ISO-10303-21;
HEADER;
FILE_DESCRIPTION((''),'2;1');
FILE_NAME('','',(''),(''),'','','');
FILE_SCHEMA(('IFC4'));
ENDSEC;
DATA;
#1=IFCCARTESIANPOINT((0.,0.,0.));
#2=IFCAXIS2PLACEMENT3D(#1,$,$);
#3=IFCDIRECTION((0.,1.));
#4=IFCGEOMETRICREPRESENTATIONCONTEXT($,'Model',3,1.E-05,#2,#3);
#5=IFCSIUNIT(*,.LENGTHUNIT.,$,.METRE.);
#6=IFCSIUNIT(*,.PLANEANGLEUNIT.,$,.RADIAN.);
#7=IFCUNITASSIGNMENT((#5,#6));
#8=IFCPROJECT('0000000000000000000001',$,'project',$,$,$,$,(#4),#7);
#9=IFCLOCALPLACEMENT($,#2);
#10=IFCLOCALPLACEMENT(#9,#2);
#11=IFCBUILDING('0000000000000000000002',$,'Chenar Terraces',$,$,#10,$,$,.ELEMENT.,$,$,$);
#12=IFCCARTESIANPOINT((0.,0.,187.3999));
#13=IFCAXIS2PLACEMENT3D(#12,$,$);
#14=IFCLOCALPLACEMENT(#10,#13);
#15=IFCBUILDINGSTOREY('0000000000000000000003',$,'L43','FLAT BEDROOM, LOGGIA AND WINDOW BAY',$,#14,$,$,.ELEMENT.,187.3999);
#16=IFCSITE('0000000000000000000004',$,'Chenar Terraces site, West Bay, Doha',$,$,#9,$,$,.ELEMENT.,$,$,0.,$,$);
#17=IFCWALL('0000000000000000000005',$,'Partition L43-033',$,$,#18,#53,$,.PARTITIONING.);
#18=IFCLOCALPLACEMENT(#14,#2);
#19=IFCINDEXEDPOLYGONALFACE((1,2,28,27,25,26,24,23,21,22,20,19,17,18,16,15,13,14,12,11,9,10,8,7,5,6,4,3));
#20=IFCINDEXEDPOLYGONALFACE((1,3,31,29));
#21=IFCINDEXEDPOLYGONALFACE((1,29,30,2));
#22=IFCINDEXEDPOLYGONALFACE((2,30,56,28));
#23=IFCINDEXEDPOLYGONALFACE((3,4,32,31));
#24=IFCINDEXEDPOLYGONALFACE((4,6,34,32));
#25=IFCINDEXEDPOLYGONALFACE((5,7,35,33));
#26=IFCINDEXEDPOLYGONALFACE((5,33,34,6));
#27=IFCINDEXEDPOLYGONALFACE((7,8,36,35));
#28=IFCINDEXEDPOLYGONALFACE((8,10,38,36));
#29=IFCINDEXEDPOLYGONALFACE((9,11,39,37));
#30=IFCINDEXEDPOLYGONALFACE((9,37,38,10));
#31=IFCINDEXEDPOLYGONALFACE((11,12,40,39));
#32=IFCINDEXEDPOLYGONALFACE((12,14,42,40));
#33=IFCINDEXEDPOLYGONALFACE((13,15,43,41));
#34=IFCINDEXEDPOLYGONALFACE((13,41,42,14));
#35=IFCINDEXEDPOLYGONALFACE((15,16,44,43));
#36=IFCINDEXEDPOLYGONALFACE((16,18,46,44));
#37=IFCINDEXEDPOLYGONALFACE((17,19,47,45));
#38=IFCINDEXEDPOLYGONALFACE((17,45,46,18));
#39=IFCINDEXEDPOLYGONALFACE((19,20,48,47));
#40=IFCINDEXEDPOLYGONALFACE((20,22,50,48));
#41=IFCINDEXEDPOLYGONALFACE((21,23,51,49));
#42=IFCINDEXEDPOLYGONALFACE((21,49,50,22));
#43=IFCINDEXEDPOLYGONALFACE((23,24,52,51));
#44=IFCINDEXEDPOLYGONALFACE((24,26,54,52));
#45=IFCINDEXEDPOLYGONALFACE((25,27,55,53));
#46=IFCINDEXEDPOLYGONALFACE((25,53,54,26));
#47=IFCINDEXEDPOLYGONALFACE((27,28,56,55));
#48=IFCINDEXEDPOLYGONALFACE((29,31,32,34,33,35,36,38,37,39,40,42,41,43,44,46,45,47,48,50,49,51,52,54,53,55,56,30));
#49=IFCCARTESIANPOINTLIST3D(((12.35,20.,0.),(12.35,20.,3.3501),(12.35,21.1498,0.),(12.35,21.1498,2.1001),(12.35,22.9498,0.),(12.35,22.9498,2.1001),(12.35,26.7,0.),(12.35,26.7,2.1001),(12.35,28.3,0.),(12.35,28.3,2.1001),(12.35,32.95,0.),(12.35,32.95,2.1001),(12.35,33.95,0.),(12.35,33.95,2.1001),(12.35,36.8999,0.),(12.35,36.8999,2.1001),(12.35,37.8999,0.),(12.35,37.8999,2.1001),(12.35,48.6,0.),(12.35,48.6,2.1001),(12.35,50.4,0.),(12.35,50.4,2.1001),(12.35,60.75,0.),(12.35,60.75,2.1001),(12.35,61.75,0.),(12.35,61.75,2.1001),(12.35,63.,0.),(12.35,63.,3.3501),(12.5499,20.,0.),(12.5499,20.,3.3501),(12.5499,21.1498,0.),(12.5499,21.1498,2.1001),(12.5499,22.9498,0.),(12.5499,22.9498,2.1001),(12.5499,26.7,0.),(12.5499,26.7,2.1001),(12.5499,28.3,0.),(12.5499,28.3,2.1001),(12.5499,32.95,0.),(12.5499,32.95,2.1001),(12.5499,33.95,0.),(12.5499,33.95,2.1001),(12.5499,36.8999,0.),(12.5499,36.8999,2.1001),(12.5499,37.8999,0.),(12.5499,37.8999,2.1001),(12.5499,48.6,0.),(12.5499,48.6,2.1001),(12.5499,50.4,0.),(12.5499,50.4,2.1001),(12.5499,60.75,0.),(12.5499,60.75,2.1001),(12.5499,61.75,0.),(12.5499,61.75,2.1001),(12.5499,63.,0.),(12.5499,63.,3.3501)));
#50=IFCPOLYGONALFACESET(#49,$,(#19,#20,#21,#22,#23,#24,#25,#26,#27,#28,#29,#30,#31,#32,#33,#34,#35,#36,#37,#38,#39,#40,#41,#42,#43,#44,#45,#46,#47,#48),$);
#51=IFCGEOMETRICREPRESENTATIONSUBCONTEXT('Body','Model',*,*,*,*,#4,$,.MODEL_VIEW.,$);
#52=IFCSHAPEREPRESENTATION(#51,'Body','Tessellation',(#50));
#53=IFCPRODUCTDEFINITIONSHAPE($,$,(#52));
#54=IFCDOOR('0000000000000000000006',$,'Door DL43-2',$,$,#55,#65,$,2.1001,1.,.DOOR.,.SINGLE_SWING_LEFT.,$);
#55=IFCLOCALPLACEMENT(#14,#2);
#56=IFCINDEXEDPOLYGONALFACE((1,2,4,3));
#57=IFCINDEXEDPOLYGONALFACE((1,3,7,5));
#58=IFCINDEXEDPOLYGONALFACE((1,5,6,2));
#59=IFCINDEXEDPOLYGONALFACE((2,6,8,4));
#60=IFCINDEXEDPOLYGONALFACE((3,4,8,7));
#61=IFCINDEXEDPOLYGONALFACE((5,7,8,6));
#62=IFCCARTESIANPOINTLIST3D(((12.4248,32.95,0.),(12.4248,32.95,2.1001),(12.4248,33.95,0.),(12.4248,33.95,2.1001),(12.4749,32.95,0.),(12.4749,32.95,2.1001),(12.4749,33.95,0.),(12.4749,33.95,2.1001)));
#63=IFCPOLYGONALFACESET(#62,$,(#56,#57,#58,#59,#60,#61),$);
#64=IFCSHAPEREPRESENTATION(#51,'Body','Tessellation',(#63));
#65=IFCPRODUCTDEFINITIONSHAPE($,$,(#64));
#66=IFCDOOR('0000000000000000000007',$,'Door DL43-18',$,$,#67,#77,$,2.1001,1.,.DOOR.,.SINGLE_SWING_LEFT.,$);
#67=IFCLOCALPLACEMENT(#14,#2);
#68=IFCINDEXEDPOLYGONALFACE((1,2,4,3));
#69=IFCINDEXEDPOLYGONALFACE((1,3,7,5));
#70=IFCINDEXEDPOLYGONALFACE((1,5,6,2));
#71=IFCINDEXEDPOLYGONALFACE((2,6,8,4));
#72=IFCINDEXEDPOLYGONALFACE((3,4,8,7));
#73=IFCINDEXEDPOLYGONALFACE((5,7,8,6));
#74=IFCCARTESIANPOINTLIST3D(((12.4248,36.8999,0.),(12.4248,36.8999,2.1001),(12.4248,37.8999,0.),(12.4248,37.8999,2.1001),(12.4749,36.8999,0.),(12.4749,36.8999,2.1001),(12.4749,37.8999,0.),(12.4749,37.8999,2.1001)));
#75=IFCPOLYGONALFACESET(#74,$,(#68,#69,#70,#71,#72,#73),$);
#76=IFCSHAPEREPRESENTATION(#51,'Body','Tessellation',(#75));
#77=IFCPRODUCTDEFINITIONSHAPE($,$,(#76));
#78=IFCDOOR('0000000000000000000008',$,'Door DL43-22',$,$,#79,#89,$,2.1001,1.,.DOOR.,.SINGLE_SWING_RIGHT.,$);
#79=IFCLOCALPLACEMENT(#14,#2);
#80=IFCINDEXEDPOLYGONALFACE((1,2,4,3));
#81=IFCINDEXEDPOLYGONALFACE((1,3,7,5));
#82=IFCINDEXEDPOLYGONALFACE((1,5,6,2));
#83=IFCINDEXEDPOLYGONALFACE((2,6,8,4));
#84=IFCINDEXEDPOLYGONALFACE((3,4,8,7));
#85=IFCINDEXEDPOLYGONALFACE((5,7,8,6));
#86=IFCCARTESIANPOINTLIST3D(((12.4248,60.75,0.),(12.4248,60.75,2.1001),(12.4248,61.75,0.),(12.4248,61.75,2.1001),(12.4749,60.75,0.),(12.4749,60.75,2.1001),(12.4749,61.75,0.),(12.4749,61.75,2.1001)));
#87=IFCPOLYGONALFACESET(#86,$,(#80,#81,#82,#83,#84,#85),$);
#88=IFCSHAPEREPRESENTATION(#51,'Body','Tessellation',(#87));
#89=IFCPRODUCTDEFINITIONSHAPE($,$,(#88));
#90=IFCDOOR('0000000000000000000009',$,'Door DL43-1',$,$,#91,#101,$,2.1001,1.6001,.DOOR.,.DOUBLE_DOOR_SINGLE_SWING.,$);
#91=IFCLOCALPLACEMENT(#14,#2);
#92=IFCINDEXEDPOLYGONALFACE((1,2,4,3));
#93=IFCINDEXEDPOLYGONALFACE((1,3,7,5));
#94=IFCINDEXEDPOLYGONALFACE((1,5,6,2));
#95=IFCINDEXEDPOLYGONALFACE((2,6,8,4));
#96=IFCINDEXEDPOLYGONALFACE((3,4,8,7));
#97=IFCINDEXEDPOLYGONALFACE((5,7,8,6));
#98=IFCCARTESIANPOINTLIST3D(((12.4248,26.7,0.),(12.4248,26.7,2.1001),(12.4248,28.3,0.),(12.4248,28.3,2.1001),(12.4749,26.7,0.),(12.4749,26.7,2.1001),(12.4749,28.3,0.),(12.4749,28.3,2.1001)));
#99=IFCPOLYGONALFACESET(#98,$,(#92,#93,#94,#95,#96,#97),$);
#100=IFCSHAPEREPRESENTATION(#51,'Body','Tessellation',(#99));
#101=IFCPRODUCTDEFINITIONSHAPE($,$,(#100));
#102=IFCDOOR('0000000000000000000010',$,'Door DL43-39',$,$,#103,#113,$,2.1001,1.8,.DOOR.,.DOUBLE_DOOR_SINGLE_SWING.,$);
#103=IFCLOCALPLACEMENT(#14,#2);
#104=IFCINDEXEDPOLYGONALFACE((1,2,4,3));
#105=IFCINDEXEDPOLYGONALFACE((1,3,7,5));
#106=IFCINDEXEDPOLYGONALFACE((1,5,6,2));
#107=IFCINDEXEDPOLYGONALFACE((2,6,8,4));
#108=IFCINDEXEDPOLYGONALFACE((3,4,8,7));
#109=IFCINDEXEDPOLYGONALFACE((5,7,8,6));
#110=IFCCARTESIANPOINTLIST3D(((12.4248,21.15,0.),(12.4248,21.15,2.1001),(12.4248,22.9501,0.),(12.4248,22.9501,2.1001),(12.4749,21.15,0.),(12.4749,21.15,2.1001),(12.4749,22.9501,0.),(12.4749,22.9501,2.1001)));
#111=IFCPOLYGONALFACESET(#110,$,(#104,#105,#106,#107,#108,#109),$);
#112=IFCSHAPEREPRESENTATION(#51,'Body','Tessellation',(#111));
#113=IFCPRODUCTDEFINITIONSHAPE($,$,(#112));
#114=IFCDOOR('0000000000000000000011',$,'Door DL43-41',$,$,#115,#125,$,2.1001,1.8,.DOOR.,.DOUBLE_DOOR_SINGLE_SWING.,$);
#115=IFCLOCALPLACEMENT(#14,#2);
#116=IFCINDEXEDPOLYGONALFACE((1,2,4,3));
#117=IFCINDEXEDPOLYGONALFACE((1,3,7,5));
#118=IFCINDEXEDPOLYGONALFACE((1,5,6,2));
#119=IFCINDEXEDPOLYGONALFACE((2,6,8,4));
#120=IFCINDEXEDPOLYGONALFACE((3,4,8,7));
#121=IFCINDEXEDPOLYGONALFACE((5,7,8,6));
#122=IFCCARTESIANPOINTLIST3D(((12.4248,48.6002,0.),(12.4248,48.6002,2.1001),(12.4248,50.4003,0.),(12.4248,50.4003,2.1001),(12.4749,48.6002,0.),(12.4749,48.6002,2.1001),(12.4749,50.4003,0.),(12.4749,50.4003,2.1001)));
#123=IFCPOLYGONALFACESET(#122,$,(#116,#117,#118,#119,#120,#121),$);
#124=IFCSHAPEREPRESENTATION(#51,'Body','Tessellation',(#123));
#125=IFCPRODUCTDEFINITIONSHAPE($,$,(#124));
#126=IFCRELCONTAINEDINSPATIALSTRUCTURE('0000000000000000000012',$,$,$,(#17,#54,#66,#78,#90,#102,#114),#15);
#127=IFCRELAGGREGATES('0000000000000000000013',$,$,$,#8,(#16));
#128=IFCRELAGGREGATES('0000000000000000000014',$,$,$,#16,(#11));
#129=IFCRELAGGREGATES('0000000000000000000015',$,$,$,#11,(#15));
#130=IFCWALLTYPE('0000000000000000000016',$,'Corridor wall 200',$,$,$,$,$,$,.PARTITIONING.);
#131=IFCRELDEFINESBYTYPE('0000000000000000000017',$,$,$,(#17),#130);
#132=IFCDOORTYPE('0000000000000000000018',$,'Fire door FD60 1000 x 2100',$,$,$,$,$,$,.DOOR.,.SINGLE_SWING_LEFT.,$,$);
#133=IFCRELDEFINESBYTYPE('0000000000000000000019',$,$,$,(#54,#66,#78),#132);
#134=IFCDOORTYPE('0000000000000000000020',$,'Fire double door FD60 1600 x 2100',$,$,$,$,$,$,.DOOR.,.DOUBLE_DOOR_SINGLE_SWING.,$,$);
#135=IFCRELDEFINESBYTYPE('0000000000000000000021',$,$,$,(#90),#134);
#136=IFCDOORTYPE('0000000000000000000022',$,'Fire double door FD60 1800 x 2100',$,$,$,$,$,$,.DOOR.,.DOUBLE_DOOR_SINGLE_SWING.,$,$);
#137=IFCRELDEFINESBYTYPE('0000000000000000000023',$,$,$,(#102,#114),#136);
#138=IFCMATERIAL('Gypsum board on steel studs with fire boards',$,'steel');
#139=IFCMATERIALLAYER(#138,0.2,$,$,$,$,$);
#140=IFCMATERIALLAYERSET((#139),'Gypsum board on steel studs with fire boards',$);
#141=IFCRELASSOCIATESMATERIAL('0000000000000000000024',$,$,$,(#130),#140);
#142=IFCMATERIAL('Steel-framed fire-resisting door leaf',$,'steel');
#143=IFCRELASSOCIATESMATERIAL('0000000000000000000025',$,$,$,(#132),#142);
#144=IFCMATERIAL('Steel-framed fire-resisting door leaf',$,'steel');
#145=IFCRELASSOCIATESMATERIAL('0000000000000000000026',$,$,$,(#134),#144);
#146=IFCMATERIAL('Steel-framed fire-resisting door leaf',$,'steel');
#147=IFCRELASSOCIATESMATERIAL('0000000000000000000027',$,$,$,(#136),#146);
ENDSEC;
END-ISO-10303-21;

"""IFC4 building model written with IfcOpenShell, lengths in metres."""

from ifc_helpers import new_model, si_unit, direction, frame, frame_2d, origin, place, context, subcontext, project, spatial, rectangle, extrude, material, layer, layer_set, type_object, element, fill, save


model = new_model("IFC4")

# Units and contexts
model_context = context("Model", 3, precision=1e-05, world=origin(), true_north=direction((0.0, 1.0)))
body_context = subcontext(model_context, "Body", "Model", "MODEL_VIEW")
ifc_project = project(units=[si_unit("LENGTHUNIT", "METRE"), si_unit("PLANEANGLEUNIT", "RADIAN")], contexts=[model_context])

# Site, building, storey
site_placement = place(None, origin())
site = spatial("IfcSite", under=ifc_project, at=site_placement, Name="Chenar Terraces site, West Bay, Doha", CompositionType="ELEMENT", RefElevation=0.0)
building_placement = place(site_placement, origin())
building = spatial("IfcBuilding", under=site, at=building_placement, Name="Chenar Terraces", CompositionType="ELEMENT")
storey_placement = place(building_placement, frame((0.0, 0.0, 187.3999)))
storey = spatial("IfcBuildingStorey", under=building, at=storey_placement, Name="L43", Description="FLAT BEDROOM, LOGGIA AND WINDOW BAY", CompositionType="ELEMENT", Elevation=187.3999)

# Wall, openings, doors
ifc_material_1 = material(Name="Gypsum board on steel studs with fire boards", Category="steel")
ifc_layer_1 = layer(ifc_material_1, 0.2)
ifc_layer_set_1 = layer_set([ifc_layer_1], Name="Gypsum board on steel studs with fire boards")
wall_type_1 = type_object("IfcWallType", Name="Corridor wall 200", PredefinedType="PARTITIONING", material=ifc_layer_set_1)
wall_1_placement = place(storey_placement, frame((12.45, 20.0, 0.0), z_axis=(0.0, 0.0, 1.0), x_axis=(0.0, 1.0, 0.0)))
wall_1 = element("IfcWall", 1, at=wall_1_placement, inside=storey, type_object=wall_type_1, Name="Partition L43-033", PredefinedType="PARTITIONING", context=body_context, shape_type="SweptSolid", body=[
    extrude(rectangle(XDim=43.0, YDim=0.2, at=frame_2d((21.5, 0.0))), origin(), (0.0, 0.0, 1.0), 3.3501),
])
opening_1_placement = place(wall_1_placement, frame((6.7, 0.0, 0.0)))
opening_1 = element("IfcOpeningElement", 2, at=opening_1_placement, cuts=wall_1, PredefinedType="OPENING", context=body_context, shape_type="SweptSolid", body=[
    extrude(rectangle(XDim=1.6001, YDim=2.1001, at=frame_2d((0.8, 1.05))), frame((0.0, 0.1099, 0.0), z_axis=(0.0, -1.0, 0.0), x_axis=(1.0, 0.0, 0.0)), (0.0, 0.0, 1.0), 0.22),
])
opening_2_placement = place(wall_1_placement, frame((12.95, 0.0, 0.0)))
opening_2 = element("IfcOpeningElement", 3, at=opening_2_placement, cuts=wall_1, PredefinedType="OPENING", context=body_context, shape_type="SweptSolid", body=[
    extrude(rectangle(XDim=1.0, YDim=2.1001, at=frame_2d((0.5, 1.05))), frame((0.0, 0.1099, 0.0), z_axis=(0.0, -1.0, 0.0), x_axis=(1.0, 0.0, 0.0)), (0.0, 0.0, 1.0), 0.22),
])
opening_3_placement = place(wall_1_placement, frame((16.8999, 0.0, 0.0)))
opening_3 = element("IfcOpeningElement", 4, at=opening_3_placement, cuts=wall_1, PredefinedType="OPENING", context=body_context, shape_type="SweptSolid", body=[
    extrude(rectangle(XDim=1.0, YDim=2.1001, at=frame_2d((0.5, 1.05))), frame((0.0, 0.1099, 0.0), z_axis=(0.0, -1.0, 0.0), x_axis=(1.0, 0.0, 0.0)), (0.0, 0.0, 1.0), 0.22),
])
opening_4_placement = place(wall_1_placement, frame((40.75, 0.0, 0.0)))
opening_4 = element("IfcOpeningElement", 5, at=opening_4_placement, cuts=wall_1, PredefinedType="OPENING", context=body_context, shape_type="SweptSolid", body=[
    extrude(rectangle(XDim=1.0, YDim=2.1001, at=frame_2d((0.5, 1.05))), frame((0.0, 0.1099, 0.0), z_axis=(0.0, -1.0, 0.0), x_axis=(1.0, 0.0, 0.0)), (0.0, 0.0, 1.0), 0.22),
])
opening_5_placement = place(wall_1_placement, frame((1.1499, 0.0, 0.0)))
opening_5 = element("IfcOpeningElement", 6, at=opening_5_placement, cuts=wall_1, PredefinedType="OPENING", context=body_context, shape_type="SweptSolid", body=[
    extrude(rectangle(XDim=1.8, YDim=2.1001, at=frame_2d((0.8999, 1.05))), frame((0.0, 0.1099, 0.0), z_axis=(0.0, -1.0, 0.0), x_axis=(1.0, 0.0, 0.0)), (0.0, 0.0, 1.0), 0.22),
])
opening_6_placement = place(wall_1_placement, frame((28.6001, 0.0, 0.0)))
opening_6 = element("IfcOpeningElement", 7, at=opening_6_placement, cuts=wall_1, PredefinedType="OPENING", context=body_context, shape_type="SweptSolid", body=[
    extrude(rectangle(XDim=1.8, YDim=2.1001, at=frame_2d((0.8999, 1.05))), frame((0.0, 0.1099, 0.0), z_axis=(0.0, -1.0, 0.0), x_axis=(1.0, 0.0, 0.0)), (0.0, 0.0, 1.0), 0.22),
])
ifc_material_2 = material(Name="Steel-framed fire-resisting door leaf", Category="steel")
door_type_1 = type_object("IfcDoorType", Name="Fire door FD60 1000 x 2100", OperationType="SINGLE_SWING_LEFT", PredefinedType="DOOR", material=ifc_material_2)
door_1_placement = place(opening_2_placement, frame((1.0, 0.0, 0.0), z_axis=(0.0, 0.0, 1.0), x_axis=(-1.0, 0.0, 0.0)))
door_1 = element("IfcDoor", 8, at=door_1_placement, inside=storey, type_object=door_type_1, Name="Door DL43-2", OperationType="SINGLE_SWING_LEFT", OverallHeight=2.1001, OverallWidth=1.0, PredefinedType="DOOR", context=body_context, shape_type="SweptSolid", body=[
    extrude(rectangle(XDim=1.0, YDim=2.1001, at=frame_2d((0.5, 1.05))), frame((0.0, 0.0249, 0.0), z_axis=(0.0, -1.0, 0.0), x_axis=(1.0, 0.0, 0.0)), (0.0, 0.0, 1.0), 0.05),
])
fill(opening_2, door_1)
door_2_placement = place(opening_3_placement, frame((1.0, 0.0, 0.0), z_axis=(0.0, 0.0, 1.0), x_axis=(-1.0, 0.0, 0.0)))
door_2 = element("IfcDoor", 9, at=door_2_placement, inside=storey, type_object=door_type_1, Name="Door DL43-18", OperationType="SINGLE_SWING_LEFT", OverallHeight=2.1001, OverallWidth=1.0, PredefinedType="DOOR", context=body_context, shape_type="SweptSolid", body=[
    extrude(rectangle(XDim=1.0, YDim=2.1001, at=frame_2d((0.5, 1.05))), frame((0.0, 0.0249, 0.0), z_axis=(0.0, -1.0, 0.0), x_axis=(1.0, 0.0, 0.0)), (0.0, 0.0, 1.0), 0.05),
])
fill(opening_3, door_2)
door_3_placement = place(opening_4_placement, frame((1.0, 0.0, 0.0), z_axis=(0.0, 0.0, 1.0), x_axis=(-1.0, 0.0, 0.0)))
door_3 = element("IfcDoor", 10, at=door_3_placement, inside=storey, type_object=door_type_1, Name="Door DL43-22", OperationType="SINGLE_SWING_RIGHT", OverallHeight=2.1001, OverallWidth=1.0, PredefinedType="DOOR", context=body_context, shape_type="SweptSolid", body=[
    extrude(rectangle(XDim=1.0, YDim=2.1001, at=frame_2d((0.5, 1.05))), frame((0.0, 0.0249, 0.0), z_axis=(0.0, -1.0, 0.0), x_axis=(1.0, 0.0, 0.0)), (0.0, 0.0, 1.0), 0.05),
])
fill(opening_4, door_3)
ifc_material_3 = material(Name="Steel-framed fire-resisting door leaf", Category="steel")
door_type_2 = type_object("IfcDoorType", Name="Fire double door FD60 1600 x 2100", OperationType="DOUBLE_DOOR_SINGLE_SWING", PredefinedType="DOOR", material=ifc_material_3)
door_4_placement = place(opening_1_placement, frame((1.6001, 0.0, 0.0), z_axis=(0.0, 0.0, 1.0), x_axis=(-1.0, 0.0, 0.0)))
door_4 = element("IfcDoor", 11, at=door_4_placement, inside=storey, type_object=door_type_2, Name="Door DL43-1", OperationType="DOUBLE_DOOR_SINGLE_SWING", OverallHeight=2.1001, OverallWidth=1.6001, PredefinedType="DOOR", context=body_context, shape_type="SweptSolid", body=[
    extrude(rectangle(XDim=1.6001, YDim=2.1001, at=frame_2d((0.8, 1.05))), frame((0.0, 0.0249, 0.0), z_axis=(0.0, -1.0, 0.0), x_axis=(1.0, 0.0, 0.0)), (0.0, 0.0, 1.0), 0.05),
])
fill(opening_1, door_4)
ifc_material_4 = material(Name="Steel-framed fire-resisting door leaf", Category="steel")
door_type_3 = type_object("IfcDoorType", Name="Fire double door FD60 1800 x 2100", OperationType="DOUBLE_DOOR_SINGLE_SWING", PredefinedType="DOOR", material=ifc_material_4)
door_5_placement = place(opening_5_placement, frame((1.8, 0.0, 0.0), z_axis=(0.0, 0.0, 1.0), x_axis=(-1.0, 0.0, 0.0)))
door_5 = element("IfcDoor", 12, at=door_5_placement, inside=storey, type_object=door_type_3, Name="Door DL43-39", OperationType="DOUBLE_DOOR_SINGLE_SWING", OverallHeight=2.1001, OverallWidth=1.8, PredefinedType="DOOR", context=body_context, shape_type="SweptSolid", body=[
    extrude(rectangle(XDim=1.8, YDim=2.1001, at=frame_2d((0.8999, 1.05))), frame((0.0, 0.0249, 0.0), z_axis=(0.0, -1.0, 0.0), x_axis=(1.0, 0.0, 0.0)), (0.0, 0.0, 1.0), 0.05),
])
fill(opening_5, door_5)
door_6_placement = place(opening_6_placement, frame((1.8, 0.0, 0.0), z_axis=(0.0, 0.0, 1.0), x_axis=(-1.0, 0.0, 0.0)))
door_6 = element("IfcDoor", 13, at=door_6_placement, inside=storey, type_object=door_type_3, Name="Door DL43-41", OperationType="DOUBLE_DOOR_SINGLE_SWING", OverallHeight=2.1001, OverallWidth=1.8, PredefinedType="DOOR", context=body_context, shape_type="SweptSolid", body=[
    extrude(rectangle(XDim=1.8, YDim=2.1001, at=frame_2d((0.8999, 1.05))), frame((0.0, 0.0249, 0.0), z_axis=(0.0, -1.0, 0.0), x_axis=(1.0, 0.0, 0.0)), (0.0, 0.0, 1.0), 0.05),
])
fill(opening_6, door_6)

save(model, "model.ifc")
